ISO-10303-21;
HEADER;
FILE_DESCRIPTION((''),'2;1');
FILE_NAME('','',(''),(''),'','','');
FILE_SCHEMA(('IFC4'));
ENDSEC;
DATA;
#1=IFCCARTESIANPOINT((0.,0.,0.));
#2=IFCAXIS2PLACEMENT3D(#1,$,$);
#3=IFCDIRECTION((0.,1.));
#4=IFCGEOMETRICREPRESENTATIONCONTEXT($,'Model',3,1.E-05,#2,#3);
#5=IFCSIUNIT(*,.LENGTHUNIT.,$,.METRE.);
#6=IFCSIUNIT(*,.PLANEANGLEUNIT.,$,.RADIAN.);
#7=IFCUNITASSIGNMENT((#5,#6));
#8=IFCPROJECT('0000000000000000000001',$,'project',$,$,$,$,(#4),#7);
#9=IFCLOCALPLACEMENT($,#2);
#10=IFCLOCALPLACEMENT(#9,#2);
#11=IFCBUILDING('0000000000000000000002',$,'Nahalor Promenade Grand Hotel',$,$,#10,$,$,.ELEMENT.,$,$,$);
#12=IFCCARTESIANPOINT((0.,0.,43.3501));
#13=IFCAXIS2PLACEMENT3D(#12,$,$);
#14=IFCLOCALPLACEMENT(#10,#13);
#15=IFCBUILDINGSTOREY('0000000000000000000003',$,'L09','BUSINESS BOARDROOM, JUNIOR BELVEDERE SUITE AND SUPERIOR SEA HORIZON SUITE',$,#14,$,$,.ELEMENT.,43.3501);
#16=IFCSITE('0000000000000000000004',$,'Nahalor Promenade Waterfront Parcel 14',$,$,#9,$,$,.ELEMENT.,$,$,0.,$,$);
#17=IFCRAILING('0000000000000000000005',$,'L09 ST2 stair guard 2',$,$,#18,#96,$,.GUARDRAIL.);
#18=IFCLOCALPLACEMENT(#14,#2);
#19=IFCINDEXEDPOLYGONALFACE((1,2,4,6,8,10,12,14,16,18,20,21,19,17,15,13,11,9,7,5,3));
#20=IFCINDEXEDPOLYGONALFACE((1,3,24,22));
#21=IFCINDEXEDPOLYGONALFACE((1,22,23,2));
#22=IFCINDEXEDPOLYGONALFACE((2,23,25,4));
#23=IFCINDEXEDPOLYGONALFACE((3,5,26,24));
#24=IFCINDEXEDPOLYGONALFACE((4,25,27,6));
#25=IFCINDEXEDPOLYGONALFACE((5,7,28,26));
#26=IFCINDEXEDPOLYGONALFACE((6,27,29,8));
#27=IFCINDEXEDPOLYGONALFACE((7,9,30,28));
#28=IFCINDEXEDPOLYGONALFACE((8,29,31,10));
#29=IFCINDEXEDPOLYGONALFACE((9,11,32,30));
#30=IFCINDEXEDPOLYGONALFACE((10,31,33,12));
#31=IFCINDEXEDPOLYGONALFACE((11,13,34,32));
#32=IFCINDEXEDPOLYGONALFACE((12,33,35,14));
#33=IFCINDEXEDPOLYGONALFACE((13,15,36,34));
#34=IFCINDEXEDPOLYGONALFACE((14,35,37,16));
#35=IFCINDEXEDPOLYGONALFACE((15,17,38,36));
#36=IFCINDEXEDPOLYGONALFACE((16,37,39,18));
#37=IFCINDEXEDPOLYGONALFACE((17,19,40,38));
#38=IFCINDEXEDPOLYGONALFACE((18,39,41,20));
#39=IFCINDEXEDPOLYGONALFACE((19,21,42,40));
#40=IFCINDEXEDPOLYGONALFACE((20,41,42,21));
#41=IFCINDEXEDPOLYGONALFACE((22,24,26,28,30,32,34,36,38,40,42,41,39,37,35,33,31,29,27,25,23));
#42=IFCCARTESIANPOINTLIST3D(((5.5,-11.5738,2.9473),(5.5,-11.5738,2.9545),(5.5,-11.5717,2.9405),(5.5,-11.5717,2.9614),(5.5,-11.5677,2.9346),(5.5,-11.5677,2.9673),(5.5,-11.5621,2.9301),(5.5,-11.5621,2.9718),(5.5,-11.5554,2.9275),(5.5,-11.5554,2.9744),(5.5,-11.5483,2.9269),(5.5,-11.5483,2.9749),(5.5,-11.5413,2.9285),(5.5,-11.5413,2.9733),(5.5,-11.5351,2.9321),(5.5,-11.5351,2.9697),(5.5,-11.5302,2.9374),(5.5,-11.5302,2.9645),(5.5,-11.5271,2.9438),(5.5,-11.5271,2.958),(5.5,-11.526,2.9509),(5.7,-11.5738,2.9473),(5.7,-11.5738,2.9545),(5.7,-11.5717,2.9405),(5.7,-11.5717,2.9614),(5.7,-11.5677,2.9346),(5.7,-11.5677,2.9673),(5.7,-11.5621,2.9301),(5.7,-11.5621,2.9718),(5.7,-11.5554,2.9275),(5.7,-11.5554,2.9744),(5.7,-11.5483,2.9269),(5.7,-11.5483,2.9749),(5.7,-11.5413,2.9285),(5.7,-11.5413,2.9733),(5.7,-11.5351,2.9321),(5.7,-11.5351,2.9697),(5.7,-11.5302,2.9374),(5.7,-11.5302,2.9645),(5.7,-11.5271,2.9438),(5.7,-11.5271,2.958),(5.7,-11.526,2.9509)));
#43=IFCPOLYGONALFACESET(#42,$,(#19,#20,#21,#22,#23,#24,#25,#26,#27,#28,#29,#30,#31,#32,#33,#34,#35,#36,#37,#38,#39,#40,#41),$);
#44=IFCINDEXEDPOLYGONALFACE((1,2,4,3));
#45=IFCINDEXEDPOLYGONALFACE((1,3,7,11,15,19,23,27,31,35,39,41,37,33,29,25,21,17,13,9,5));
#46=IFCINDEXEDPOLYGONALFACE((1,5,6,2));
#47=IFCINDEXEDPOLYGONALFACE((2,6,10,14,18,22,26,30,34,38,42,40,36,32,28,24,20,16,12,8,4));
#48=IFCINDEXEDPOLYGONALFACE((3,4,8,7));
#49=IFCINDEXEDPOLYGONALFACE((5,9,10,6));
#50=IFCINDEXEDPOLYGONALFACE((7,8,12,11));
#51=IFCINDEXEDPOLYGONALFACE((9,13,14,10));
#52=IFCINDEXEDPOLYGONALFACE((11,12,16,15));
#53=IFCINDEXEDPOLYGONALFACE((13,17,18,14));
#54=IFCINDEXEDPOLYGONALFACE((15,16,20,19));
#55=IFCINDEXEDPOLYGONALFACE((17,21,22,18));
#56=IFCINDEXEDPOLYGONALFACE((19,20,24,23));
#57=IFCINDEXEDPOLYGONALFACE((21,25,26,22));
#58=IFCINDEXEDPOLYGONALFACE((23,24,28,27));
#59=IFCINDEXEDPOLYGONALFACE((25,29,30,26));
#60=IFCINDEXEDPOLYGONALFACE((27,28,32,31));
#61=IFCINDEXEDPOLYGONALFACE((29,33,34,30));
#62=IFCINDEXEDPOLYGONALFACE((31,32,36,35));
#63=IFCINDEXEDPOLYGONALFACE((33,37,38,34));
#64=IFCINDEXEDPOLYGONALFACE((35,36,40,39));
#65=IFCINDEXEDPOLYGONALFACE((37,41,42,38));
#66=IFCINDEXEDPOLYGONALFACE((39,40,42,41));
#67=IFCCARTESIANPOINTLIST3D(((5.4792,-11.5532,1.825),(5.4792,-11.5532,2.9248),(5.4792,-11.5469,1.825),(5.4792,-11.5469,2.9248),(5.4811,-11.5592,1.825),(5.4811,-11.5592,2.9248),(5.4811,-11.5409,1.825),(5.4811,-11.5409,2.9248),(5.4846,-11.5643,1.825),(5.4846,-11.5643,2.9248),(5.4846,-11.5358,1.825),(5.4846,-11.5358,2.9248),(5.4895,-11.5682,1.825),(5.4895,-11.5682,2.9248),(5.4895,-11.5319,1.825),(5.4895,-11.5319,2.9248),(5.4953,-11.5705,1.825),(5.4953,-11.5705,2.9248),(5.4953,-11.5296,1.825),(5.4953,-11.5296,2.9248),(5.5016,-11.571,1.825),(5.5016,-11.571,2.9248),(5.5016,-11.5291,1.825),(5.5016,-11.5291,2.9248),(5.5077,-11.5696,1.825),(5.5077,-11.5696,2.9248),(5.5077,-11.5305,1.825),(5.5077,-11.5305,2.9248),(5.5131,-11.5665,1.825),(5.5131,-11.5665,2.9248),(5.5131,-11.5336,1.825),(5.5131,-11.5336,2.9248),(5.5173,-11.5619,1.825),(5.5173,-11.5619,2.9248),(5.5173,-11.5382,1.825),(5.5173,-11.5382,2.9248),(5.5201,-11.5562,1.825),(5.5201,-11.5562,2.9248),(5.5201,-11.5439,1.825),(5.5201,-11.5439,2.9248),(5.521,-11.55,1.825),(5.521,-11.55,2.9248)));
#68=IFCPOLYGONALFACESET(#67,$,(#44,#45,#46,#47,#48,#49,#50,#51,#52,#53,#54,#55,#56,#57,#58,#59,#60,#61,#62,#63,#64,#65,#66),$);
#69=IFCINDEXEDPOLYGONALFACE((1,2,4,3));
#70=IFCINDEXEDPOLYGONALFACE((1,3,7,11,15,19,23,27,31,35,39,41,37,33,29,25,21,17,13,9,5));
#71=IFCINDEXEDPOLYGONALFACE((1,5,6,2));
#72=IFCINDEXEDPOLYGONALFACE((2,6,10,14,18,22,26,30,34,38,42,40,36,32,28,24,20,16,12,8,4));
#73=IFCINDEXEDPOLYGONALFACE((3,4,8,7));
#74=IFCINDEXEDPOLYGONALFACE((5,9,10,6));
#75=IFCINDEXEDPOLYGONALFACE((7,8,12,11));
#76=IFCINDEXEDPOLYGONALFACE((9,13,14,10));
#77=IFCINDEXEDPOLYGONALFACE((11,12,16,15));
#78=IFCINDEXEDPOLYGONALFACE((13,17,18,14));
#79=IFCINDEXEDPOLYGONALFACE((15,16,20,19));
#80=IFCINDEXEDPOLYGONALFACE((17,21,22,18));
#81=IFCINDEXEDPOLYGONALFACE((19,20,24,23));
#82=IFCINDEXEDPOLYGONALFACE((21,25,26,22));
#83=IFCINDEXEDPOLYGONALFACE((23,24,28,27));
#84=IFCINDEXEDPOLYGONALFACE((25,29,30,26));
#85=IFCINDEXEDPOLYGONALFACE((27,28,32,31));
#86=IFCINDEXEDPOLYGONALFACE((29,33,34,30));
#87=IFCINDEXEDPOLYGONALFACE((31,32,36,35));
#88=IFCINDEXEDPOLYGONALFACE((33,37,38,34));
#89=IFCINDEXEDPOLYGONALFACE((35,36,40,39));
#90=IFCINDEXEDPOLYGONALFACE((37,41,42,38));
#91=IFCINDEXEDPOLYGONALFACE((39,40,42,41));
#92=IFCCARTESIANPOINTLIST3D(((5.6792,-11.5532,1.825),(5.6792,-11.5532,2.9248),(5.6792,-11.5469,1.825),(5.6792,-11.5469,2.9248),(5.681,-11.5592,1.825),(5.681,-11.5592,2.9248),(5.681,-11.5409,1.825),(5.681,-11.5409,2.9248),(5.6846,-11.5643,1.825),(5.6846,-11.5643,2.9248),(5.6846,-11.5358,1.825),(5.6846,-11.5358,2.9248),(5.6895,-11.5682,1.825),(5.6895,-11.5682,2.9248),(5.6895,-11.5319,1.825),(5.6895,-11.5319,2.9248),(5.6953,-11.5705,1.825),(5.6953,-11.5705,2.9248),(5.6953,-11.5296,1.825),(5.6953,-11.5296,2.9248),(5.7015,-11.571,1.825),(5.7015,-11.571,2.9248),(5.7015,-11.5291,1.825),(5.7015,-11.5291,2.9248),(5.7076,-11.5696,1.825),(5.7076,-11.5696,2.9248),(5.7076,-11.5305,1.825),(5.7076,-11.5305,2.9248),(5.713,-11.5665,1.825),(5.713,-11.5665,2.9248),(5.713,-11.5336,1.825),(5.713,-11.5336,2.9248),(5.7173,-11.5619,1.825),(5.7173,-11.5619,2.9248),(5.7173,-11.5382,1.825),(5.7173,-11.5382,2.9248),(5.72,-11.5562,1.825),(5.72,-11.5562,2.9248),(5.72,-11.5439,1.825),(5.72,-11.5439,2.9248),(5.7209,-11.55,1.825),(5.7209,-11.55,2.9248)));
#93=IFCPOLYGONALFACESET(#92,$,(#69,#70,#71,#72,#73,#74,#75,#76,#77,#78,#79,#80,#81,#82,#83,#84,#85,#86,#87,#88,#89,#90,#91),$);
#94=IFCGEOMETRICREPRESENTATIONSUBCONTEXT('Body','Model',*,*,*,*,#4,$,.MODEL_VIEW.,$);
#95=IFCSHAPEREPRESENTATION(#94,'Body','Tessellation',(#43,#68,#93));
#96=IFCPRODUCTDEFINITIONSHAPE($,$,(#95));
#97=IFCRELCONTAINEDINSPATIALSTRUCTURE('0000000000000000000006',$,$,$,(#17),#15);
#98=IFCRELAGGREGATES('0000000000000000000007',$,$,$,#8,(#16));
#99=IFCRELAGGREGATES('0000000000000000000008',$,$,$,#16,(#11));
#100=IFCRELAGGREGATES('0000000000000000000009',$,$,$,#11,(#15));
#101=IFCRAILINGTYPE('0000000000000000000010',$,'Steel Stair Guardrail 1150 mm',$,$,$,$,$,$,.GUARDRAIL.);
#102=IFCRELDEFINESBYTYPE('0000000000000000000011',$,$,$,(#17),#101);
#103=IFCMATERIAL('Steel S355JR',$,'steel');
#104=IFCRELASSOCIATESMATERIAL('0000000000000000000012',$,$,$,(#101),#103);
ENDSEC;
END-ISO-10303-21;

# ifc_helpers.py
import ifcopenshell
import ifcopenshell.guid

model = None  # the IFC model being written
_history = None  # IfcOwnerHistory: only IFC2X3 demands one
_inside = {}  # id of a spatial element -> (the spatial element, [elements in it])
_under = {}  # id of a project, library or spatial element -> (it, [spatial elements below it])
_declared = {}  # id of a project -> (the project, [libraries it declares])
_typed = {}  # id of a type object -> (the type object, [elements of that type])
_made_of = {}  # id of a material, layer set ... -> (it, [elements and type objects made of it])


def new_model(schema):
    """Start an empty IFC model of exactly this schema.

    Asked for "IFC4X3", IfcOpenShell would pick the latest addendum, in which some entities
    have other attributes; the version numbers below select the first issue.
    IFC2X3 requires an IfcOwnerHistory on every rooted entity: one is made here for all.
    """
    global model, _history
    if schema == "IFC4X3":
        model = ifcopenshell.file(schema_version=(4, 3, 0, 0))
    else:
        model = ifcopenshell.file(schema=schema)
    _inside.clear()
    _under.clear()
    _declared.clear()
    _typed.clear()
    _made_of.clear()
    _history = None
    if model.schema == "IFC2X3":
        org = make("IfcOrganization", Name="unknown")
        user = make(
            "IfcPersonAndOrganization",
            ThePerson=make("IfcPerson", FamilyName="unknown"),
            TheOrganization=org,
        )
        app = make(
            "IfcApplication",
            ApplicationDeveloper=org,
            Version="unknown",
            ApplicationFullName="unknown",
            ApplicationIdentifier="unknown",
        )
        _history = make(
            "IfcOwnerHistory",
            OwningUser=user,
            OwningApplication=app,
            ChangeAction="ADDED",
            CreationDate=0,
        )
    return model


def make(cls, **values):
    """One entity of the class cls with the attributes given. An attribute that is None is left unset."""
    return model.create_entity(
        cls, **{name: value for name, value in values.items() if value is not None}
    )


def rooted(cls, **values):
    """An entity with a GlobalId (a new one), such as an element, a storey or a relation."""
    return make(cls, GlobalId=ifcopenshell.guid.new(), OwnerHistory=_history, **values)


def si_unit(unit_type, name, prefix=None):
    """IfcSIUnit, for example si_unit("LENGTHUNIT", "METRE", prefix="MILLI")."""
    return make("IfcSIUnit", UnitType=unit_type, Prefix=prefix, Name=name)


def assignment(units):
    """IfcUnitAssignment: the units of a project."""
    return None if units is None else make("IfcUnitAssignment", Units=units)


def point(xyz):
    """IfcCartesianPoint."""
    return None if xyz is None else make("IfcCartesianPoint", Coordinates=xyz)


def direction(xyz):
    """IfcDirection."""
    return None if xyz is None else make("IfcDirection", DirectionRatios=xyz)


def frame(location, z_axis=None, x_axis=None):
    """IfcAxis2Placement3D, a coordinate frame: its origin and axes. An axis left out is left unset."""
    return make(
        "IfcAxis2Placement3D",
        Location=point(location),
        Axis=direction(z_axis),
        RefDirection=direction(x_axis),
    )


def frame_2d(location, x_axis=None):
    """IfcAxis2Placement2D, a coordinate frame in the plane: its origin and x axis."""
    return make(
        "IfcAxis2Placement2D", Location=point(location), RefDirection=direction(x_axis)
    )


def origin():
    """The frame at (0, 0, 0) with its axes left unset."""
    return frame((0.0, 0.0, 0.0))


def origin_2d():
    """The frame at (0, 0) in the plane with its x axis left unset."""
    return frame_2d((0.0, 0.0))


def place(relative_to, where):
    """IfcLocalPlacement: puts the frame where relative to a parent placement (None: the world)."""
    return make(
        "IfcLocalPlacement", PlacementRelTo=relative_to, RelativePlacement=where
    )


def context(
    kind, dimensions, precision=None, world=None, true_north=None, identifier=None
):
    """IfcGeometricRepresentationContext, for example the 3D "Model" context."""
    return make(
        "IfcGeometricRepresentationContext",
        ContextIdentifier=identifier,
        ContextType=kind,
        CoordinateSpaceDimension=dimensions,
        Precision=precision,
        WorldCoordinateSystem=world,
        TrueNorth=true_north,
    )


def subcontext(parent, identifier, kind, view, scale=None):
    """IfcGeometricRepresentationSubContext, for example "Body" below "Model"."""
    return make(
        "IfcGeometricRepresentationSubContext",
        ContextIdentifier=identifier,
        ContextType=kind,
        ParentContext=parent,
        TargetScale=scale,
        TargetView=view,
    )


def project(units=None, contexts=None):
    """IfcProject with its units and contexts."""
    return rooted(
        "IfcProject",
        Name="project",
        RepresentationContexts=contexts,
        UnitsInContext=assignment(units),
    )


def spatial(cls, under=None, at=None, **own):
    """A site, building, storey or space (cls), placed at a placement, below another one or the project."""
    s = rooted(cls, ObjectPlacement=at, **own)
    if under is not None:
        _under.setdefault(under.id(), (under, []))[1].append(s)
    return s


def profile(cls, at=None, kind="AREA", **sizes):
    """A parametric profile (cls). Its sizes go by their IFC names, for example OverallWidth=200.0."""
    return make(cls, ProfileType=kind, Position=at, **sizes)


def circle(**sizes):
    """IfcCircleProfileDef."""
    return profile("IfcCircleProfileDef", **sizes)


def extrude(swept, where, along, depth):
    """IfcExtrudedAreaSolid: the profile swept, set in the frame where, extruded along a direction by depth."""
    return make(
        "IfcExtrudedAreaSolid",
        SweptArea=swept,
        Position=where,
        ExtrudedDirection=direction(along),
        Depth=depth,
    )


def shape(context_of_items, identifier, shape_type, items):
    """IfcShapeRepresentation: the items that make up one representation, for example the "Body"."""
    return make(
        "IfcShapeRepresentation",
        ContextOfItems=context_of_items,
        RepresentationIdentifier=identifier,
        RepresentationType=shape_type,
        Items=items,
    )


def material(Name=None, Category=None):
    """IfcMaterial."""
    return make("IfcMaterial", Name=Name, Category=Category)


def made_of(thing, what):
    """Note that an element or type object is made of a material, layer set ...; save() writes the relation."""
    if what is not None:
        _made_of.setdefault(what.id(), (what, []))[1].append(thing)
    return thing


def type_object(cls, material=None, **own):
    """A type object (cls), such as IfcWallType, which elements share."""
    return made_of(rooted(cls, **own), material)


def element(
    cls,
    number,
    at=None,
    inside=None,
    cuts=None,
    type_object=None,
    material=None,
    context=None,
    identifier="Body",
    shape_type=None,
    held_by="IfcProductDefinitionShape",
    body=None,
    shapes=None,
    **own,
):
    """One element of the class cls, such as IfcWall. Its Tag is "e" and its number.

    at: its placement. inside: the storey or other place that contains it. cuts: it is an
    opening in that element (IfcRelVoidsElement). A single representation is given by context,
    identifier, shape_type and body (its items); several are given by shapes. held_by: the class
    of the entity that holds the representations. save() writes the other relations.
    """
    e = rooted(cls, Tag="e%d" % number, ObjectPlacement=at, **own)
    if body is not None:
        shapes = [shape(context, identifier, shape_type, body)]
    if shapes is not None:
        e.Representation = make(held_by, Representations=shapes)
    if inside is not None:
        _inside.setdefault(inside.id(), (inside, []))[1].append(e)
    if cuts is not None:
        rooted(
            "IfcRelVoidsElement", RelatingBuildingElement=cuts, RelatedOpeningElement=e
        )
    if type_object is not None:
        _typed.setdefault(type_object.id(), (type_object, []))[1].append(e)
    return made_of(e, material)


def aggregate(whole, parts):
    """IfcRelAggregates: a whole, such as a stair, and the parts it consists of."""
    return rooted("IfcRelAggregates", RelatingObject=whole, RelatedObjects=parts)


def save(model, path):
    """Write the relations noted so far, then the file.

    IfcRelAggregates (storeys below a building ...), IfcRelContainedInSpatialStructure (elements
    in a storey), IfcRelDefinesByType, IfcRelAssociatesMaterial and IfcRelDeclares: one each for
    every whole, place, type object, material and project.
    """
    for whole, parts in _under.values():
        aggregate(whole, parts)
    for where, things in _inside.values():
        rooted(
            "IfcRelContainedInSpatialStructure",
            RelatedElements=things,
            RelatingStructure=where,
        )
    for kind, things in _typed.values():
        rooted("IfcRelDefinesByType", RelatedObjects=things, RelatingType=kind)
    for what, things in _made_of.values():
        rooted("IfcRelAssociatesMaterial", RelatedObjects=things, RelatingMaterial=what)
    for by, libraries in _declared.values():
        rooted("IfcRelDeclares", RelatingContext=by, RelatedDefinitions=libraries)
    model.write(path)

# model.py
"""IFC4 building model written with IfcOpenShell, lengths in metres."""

from ifc_helpers import new_model, si_unit, direction, frame, origin, origin_2d, place, context, subcontext, project, spatial, circle, extrude, material, type_object, element, save


model = new_model("IFC4")

# Units and contexts
model_context = context("Model", 3, precision=1e-05, world=origin(), true_north=direction((0.0, 1.0)))
body_context = subcontext(model_context, "Body", "Model", "MODEL_VIEW")
ifc_project = project(units=[si_unit("LENGTHUNIT", "METRE"), si_unit("PLANEANGLEUNIT", "RADIAN")], contexts=[model_context])

# Site, building, storey
site_placement = place(None, origin())
site = spatial("IfcSite", under=ifc_project, at=site_placement, Name="Nahalor Promenade Waterfront Parcel 14", CompositionType="ELEMENT", RefElevation=0.0)
building_placement = place(site_placement, origin())
building = spatial("IfcBuilding", under=site, at=building_placement, Name="Nahalor Promenade Grand Hotel", CompositionType="ELEMENT")
storey_placement = place(building_placement, frame((0.0, 0.0, 43.3501)))
storey = spatial("IfcBuildingStorey", under=building, at=storey_placement, Name="L09", Description="BUSINESS BOARDROOM, JUNIOR BELVEDERE SUITE AND SUPERIOR SEA HORIZON SUITE", CompositionType="ELEMENT", Elevation=43.3501)

# Shared definitions
ifc_material_1 = material(Name="Steel S355JR", Category="steel")

# Railing
railing_type_1 = type_object("IfcRailingType", Name="Steel Stair Guardrail 1150 mm", PredefinedType="GUARDRAIL", material=ifc_material_1)
railing_1_placement = place(storey_placement, frame((5.5, -11.55, 1.825)))
element("IfcRailing", 1, at=railing_1_placement, inside=storey, type_object=railing_type_1, Name="L09 ST2 stair guard 2", PredefinedType="GUARDRAIL", context=body_context, shape_type="SweptSolid", body=[
    extrude(circle(Radius=0.024, at=origin_2d()), frame((0.0, 0.0, 1.126), z_axis=(1.0, 0.0, 0.0), x_axis=(0.0, 1.0, 0.0)), (0.0, 0.0, 1.0), 0.2),
    extrude(circle(Radius=0.021, at=origin_2d()), origin(), (0.0, 0.0, 1.0), 1.0999),
    extrude(circle(Radius=0.021, at=origin_2d()), frame((0.2, 0.0, 0.0)), (0.0, 0.0, 1.0), 1.0999),
])

save(model, "model.ifc")
